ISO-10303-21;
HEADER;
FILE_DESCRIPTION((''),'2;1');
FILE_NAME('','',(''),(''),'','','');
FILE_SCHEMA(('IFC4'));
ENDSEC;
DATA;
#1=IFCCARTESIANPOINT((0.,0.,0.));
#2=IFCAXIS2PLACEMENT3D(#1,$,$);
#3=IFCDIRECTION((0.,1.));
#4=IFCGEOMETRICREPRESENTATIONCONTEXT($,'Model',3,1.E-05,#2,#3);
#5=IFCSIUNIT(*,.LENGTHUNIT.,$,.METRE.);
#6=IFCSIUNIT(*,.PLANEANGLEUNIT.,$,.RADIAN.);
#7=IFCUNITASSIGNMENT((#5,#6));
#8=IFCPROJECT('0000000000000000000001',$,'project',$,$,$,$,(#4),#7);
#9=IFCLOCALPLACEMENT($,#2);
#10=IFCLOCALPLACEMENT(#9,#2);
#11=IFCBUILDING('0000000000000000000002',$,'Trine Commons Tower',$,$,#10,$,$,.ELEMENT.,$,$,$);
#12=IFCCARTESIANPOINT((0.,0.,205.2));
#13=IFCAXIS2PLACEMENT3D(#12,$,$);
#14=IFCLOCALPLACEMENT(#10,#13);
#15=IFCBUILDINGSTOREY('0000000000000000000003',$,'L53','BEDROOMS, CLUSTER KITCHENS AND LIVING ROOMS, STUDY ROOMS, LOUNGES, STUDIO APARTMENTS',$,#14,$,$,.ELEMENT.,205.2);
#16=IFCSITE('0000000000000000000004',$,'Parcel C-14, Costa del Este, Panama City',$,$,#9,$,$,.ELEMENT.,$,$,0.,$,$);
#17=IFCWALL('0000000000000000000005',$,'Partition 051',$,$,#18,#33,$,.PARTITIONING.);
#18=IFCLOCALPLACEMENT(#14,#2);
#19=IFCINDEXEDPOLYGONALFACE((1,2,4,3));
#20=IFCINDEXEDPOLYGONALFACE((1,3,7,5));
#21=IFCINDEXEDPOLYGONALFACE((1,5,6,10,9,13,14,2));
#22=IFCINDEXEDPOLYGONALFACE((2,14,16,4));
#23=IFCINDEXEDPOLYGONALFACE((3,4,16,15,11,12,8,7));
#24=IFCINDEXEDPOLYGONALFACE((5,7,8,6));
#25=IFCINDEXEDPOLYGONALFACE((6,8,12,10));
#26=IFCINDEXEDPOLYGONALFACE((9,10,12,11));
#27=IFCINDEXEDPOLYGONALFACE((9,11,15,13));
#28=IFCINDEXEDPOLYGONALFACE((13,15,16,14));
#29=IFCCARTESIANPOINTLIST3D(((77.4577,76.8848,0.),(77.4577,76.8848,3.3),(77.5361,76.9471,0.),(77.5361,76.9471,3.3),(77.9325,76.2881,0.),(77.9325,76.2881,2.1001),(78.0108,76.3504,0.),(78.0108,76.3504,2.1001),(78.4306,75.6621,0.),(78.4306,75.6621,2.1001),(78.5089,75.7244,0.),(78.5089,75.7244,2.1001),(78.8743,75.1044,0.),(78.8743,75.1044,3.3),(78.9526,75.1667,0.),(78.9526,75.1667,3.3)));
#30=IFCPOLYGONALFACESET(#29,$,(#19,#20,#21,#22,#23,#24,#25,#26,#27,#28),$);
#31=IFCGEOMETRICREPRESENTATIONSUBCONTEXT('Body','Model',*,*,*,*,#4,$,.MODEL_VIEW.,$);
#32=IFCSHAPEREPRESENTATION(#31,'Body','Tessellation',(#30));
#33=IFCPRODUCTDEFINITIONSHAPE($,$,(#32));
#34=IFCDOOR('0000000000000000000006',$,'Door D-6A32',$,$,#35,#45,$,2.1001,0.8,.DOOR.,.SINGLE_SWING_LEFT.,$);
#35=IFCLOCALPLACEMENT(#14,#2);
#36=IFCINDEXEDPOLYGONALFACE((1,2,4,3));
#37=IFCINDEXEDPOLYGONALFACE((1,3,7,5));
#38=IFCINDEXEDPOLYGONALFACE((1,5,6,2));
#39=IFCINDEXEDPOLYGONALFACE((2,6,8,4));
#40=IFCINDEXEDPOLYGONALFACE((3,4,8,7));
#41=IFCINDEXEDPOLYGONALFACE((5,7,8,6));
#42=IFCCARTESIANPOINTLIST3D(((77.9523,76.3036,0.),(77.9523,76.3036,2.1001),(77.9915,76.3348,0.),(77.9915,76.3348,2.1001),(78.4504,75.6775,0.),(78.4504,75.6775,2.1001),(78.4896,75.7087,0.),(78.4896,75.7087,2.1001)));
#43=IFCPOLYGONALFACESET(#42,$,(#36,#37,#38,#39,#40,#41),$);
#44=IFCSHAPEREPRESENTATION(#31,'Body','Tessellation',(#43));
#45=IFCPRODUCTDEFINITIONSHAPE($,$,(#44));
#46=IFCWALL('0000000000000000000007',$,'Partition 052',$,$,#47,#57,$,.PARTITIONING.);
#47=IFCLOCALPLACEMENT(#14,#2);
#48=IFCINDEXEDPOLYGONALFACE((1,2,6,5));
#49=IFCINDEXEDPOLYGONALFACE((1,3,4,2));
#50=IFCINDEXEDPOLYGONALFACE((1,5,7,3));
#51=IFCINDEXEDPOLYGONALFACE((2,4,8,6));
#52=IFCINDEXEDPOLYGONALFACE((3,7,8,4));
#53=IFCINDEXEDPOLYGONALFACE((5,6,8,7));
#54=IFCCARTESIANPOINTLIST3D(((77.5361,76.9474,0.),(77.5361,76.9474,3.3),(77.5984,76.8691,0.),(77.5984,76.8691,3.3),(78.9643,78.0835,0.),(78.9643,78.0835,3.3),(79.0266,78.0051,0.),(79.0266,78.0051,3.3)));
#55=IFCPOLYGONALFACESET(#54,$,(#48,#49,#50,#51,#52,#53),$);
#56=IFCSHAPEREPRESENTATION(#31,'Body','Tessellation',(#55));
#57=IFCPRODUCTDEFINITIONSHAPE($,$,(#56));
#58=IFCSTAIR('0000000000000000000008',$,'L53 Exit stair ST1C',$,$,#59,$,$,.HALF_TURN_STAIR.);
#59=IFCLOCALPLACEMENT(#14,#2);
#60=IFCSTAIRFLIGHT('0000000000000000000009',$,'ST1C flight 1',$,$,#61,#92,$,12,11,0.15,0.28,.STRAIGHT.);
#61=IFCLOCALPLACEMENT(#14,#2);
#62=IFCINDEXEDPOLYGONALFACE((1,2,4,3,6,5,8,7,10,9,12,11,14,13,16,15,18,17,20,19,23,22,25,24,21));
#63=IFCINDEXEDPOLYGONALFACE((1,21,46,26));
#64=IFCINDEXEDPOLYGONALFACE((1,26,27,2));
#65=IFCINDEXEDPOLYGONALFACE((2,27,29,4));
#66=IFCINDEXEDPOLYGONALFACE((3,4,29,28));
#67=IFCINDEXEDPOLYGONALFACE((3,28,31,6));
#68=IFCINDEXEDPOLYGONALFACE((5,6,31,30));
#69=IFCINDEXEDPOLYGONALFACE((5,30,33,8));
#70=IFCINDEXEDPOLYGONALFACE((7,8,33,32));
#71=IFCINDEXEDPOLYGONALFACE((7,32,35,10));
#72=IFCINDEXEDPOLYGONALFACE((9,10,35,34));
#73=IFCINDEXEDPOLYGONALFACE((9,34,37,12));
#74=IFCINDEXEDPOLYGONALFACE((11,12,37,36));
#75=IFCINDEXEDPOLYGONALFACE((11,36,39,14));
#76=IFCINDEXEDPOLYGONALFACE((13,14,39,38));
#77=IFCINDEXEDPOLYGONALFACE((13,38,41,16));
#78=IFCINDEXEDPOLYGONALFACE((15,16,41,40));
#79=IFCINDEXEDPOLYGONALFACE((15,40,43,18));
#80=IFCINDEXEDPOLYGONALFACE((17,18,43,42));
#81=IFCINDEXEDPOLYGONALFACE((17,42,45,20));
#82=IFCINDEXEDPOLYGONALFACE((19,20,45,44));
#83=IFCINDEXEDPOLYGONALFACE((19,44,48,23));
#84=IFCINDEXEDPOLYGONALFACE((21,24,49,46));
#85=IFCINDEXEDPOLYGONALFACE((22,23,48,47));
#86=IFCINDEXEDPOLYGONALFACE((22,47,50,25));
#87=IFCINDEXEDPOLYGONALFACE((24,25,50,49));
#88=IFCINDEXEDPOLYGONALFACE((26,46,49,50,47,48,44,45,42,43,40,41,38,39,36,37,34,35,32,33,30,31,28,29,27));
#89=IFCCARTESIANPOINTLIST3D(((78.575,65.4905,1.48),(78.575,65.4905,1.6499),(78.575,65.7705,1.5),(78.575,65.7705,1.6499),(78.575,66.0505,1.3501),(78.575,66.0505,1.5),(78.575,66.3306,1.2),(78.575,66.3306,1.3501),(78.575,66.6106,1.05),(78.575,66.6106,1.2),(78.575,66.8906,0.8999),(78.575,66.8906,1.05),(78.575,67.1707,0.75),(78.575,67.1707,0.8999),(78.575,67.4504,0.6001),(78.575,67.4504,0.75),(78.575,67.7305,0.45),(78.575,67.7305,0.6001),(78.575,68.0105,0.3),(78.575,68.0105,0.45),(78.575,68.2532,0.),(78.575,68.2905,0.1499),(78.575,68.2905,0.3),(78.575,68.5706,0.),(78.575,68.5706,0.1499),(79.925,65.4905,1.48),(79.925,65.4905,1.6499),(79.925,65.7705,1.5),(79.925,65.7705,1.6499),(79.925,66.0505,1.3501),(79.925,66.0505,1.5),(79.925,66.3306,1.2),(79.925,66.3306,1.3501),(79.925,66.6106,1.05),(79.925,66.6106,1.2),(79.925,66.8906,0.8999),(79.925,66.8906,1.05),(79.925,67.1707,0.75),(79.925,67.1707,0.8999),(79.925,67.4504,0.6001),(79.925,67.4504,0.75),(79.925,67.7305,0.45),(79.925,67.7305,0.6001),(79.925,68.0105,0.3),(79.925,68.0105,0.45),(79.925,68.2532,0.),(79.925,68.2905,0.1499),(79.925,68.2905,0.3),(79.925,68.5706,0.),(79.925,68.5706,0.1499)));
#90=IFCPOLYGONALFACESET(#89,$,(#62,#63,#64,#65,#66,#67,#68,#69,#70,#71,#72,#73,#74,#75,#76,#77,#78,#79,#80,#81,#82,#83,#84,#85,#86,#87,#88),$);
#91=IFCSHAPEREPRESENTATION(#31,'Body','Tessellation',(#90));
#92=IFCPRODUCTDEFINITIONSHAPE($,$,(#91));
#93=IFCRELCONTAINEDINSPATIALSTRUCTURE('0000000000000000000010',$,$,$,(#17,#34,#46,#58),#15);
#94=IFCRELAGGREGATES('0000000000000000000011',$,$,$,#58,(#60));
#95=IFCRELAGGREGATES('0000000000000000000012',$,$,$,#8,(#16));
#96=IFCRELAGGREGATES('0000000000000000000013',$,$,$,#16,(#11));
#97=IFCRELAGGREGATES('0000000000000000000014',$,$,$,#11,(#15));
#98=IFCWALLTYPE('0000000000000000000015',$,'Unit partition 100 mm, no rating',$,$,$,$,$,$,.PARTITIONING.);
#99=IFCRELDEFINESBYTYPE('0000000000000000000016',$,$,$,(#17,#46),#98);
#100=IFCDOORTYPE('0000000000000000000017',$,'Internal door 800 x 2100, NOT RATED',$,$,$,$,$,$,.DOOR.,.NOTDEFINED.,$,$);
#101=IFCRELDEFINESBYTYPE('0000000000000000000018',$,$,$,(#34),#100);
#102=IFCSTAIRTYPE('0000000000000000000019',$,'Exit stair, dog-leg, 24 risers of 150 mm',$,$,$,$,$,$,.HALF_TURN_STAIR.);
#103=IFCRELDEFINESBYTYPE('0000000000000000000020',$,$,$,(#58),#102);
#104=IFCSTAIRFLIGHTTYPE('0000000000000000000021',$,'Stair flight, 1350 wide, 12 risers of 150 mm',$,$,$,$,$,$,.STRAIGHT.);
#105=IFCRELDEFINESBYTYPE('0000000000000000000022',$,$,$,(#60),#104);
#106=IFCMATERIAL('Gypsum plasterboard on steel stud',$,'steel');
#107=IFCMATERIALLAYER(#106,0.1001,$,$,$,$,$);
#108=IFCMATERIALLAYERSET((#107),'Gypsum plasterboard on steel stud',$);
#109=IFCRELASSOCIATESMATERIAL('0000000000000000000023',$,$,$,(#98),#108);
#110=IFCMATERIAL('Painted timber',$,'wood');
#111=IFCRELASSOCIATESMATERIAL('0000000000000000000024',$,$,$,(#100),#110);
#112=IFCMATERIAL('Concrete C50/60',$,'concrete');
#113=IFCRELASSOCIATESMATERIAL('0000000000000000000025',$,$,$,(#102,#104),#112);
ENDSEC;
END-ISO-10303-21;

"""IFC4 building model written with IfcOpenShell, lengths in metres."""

from ifc_helpers import new_model, si_unit, direction, frame, frame_2d, origin, place, context, subcontext, project, spatial, polyline, rectangle, outline, extrude, material, layer, layer_set, type_object, element, fill, aggregate, save


model = new_model("IFC4")

# Units and contexts
model_context = context("Model", 3, precision=1e-05, world=origin(), true_north=direction((0.0, 1.0)))
body_context = subcontext(model_context, "Body", "Model", "MODEL_VIEW")
ifc_project = project(units=[si_unit("LENGTHUNIT", "METRE"), si_unit("PLANEANGLEUNIT", "RADIAN")], contexts=[model_context])

# Site, building, storey
site_placement = place(None, origin())
site = spatial("IfcSite", under=ifc_project, at=site_placement, Name="Parcel C-14, Costa del Este, Panama City", CompositionType="ELEMENT", RefElevation=0.0)
building_placement = place(site_placement, origin())
building = spatial("IfcBuilding", under=site, at=building_placement, Name="Trine Commons Tower", CompositionType="ELEMENT")
storey_placement = place(building_placement, frame((0.0, 0.0, 205.2)))
storey = spatial("IfcBuildingStorey", under=building, at=storey_placement, Name="L53", Description="BEDROOMS, CLUSTER KITCHENS AND LIVING ROOMS, STUDY ROOMS, LOUNGES, STUDIO APARTMENTS", CompositionType="ELEMENT", Elevation=205.2)

# Shared definitions
ifc_material_1 = material(Name="Gypsum plasterboard on steel stud", Category="steel")

# Shared definitions
ifc_material_2 = material(Name="Painted timber", Category="wood")

# Shared definitions
ifc_layer_1 = layer(ifc_material_1, 0.1001)
ifc_layer_set_1 = layer_set([ifc_layer_1], Name="Gypsum plasterboard on steel stud")
wall_type_1 = type_object("IfcWallType", Name="Unit partition 100 mm, no rating", PredefinedType="PARTITIONING", material=ifc_layer_set_1)
door_type_1 = type_object("IfcDoorType", Name="Internal door 800 x 2100, NOT RATED", OperationType="NOTDEFINED", PredefinedType="DOOR", material=ifc_material_2)

# Wall, opening, door
wall_1_placement = place(storey_placement, frame((77.4968, 76.916, 0.0), z_axis=(0.0, 0.0, 1.0), x_axis=(0.622625, -0.78252, 0.0)))
wall_1 = element("IfcWall", 1, at=wall_1_placement, inside=storey, type_object=wall_type_1, Name="Partition 051", PredefinedType="PARTITIONING", context=body_context, shape_type="SweptSolid", body=[
    extrude(rectangle(XDim=2.2751, YDim=0.1001, at=frame_2d((1.1377, 0.0))), origin(), (0.0, 0.0, 1.0), 3.3),
])
opening_1_placement = place(wall_1_placement, frame((0.7627, 0.0, 0.0)))
opening_1 = element("IfcOpeningElement", 2, at=opening_1_placement, cuts=wall_1, PredefinedType="OPENING", context=body_context, shape_type="SweptSolid", body=[
    extrude(rectangle(XDim=0.8, YDim=2.1001, at=frame_2d((0.3999, 1.05))), frame((0.0, 0.0601, 0.0), z_axis=(0.0, -1.0, 0.0), x_axis=(1.0, 0.0, 0.0)), (0.0, 0.0, 1.0), 0.1201),
])
door_1_placement = place(opening_1_placement, frame((0.8, 0.0, 0.0), z_axis=(0.0, 0.0, 1.0), x_axis=(-1.0, 0.0, 0.0)))
door_1 = element("IfcDoor", 3, at=door_1_placement, inside=storey, type_object=door_type_1, Name="Door D-6A32", OperationType="SINGLE_SWING_LEFT", OverallHeight=2.1001, OverallWidth=0.8, PredefinedType="DOOR", context=body_context, shape_type="SweptSolid", body=[
    extrude(rectangle(XDim=0.8, YDim=2.1001, at=frame_2d((0.3999, 1.05))), frame((0.0, 0.0249, 0.0), z_axis=(0.0, -1.0, 0.0), x_axis=(1.0, 0.0, 0.0)), (0.0, 0.0, 1.0), 0.05),
])
fill(opening_1, door_1)

# Wall
wall_2_placement = place(storey_placement, frame((77.5671, 76.9082, 0.0), z_axis=(0.0, 0.0, 1.0), x_axis=(0.782628, 0.62249, 0.0)))
element("IfcWall", 4, at=wall_2_placement, inside=storey, type_object=wall_type_1, Name="Partition 052", PredefinedType="PARTITIONING", context=body_context, shape_type="SweptSolid", body=[
    extrude(rectangle(XDim=1.825, YDim=0.1001, at=frame_2d((0.9126, 0.0))), origin(), (0.0, 0.0, 1.0), 3.3),
])

# Stair, stair flight
ifc_material_3 = material(Name="Concrete C50/60", Category="concrete")
stair_type = type_object("IfcStairType", Name="Exit stair, dog-leg, 24 risers of 150 mm", PredefinedType="HALF_TURN_STAIR", material=ifc_material_3)
stair_placement = place(storey_placement, origin())
stair = element("IfcStair", 5, at=stair_placement, inside=storey, type_object=stair_type, Name="L53 Exit stair ST1C", PredefinedType="HALF_TURN_STAIR")
stair_flight_type = type_object("IfcStairFlightType", Name="Stair flight, 1350 wide, 12 risers of 150 mm", PredefinedType="STRAIGHT", material=ifc_material_3)
stair_flight_placement = place(storey_placement, frame((79.25, 68.5706, 0.0), z_axis=(0.0, 0.0, 1.0), x_axis=(0.0, -1.0, 0.0)))
stair_flight = element("IfcStairFlight", 6, at=stair_flight_placement, type_object=stair_flight_type, Name="ST1C flight 1", NumberOfRisers=12, NumberOfTreads=11, PredefinedType="STRAIGHT", RiserHeight=0.15, TreadLength=0.28, context=body_context, shape_type="SweptSolid", body=[
    extrude(outline(polyline([(0.0, 0.0), (0.0, 0.1499), (0.28, 0.1499), (0.28, 0.3), (0.5601, 0.3), (0.5601, 0.45), (0.8401, 0.45), (0.8401, 0.6001), (1.1201, 0.6001), (1.1201, 0.75), (1.3999, 0.75), (1.3999, 0.8999), (1.6799, 0.8999), (1.6799, 1.05), (1.96, 1.05), (1.96, 1.2), (2.24, 1.2), (2.24, 1.3501), (2.52, 1.3501), (2.52, 1.5), (2.8, 1.5), (2.8, 1.6499), (3.0801, 1.6499), (3.0801, 1.8), (3.0801, 1.48), (0.3174, 0.0), (0.0, 0.0)])), frame((0.0, 0.675, 0.0), z_axis=(0.0, -1.0, 0.0), x_axis=(1.0, 0.0, 0.0)), (0.0, 0.0, 1.0), 1.3501),
])
aggregate(stair, [stair_flight])

save(model, "model.ifc")
